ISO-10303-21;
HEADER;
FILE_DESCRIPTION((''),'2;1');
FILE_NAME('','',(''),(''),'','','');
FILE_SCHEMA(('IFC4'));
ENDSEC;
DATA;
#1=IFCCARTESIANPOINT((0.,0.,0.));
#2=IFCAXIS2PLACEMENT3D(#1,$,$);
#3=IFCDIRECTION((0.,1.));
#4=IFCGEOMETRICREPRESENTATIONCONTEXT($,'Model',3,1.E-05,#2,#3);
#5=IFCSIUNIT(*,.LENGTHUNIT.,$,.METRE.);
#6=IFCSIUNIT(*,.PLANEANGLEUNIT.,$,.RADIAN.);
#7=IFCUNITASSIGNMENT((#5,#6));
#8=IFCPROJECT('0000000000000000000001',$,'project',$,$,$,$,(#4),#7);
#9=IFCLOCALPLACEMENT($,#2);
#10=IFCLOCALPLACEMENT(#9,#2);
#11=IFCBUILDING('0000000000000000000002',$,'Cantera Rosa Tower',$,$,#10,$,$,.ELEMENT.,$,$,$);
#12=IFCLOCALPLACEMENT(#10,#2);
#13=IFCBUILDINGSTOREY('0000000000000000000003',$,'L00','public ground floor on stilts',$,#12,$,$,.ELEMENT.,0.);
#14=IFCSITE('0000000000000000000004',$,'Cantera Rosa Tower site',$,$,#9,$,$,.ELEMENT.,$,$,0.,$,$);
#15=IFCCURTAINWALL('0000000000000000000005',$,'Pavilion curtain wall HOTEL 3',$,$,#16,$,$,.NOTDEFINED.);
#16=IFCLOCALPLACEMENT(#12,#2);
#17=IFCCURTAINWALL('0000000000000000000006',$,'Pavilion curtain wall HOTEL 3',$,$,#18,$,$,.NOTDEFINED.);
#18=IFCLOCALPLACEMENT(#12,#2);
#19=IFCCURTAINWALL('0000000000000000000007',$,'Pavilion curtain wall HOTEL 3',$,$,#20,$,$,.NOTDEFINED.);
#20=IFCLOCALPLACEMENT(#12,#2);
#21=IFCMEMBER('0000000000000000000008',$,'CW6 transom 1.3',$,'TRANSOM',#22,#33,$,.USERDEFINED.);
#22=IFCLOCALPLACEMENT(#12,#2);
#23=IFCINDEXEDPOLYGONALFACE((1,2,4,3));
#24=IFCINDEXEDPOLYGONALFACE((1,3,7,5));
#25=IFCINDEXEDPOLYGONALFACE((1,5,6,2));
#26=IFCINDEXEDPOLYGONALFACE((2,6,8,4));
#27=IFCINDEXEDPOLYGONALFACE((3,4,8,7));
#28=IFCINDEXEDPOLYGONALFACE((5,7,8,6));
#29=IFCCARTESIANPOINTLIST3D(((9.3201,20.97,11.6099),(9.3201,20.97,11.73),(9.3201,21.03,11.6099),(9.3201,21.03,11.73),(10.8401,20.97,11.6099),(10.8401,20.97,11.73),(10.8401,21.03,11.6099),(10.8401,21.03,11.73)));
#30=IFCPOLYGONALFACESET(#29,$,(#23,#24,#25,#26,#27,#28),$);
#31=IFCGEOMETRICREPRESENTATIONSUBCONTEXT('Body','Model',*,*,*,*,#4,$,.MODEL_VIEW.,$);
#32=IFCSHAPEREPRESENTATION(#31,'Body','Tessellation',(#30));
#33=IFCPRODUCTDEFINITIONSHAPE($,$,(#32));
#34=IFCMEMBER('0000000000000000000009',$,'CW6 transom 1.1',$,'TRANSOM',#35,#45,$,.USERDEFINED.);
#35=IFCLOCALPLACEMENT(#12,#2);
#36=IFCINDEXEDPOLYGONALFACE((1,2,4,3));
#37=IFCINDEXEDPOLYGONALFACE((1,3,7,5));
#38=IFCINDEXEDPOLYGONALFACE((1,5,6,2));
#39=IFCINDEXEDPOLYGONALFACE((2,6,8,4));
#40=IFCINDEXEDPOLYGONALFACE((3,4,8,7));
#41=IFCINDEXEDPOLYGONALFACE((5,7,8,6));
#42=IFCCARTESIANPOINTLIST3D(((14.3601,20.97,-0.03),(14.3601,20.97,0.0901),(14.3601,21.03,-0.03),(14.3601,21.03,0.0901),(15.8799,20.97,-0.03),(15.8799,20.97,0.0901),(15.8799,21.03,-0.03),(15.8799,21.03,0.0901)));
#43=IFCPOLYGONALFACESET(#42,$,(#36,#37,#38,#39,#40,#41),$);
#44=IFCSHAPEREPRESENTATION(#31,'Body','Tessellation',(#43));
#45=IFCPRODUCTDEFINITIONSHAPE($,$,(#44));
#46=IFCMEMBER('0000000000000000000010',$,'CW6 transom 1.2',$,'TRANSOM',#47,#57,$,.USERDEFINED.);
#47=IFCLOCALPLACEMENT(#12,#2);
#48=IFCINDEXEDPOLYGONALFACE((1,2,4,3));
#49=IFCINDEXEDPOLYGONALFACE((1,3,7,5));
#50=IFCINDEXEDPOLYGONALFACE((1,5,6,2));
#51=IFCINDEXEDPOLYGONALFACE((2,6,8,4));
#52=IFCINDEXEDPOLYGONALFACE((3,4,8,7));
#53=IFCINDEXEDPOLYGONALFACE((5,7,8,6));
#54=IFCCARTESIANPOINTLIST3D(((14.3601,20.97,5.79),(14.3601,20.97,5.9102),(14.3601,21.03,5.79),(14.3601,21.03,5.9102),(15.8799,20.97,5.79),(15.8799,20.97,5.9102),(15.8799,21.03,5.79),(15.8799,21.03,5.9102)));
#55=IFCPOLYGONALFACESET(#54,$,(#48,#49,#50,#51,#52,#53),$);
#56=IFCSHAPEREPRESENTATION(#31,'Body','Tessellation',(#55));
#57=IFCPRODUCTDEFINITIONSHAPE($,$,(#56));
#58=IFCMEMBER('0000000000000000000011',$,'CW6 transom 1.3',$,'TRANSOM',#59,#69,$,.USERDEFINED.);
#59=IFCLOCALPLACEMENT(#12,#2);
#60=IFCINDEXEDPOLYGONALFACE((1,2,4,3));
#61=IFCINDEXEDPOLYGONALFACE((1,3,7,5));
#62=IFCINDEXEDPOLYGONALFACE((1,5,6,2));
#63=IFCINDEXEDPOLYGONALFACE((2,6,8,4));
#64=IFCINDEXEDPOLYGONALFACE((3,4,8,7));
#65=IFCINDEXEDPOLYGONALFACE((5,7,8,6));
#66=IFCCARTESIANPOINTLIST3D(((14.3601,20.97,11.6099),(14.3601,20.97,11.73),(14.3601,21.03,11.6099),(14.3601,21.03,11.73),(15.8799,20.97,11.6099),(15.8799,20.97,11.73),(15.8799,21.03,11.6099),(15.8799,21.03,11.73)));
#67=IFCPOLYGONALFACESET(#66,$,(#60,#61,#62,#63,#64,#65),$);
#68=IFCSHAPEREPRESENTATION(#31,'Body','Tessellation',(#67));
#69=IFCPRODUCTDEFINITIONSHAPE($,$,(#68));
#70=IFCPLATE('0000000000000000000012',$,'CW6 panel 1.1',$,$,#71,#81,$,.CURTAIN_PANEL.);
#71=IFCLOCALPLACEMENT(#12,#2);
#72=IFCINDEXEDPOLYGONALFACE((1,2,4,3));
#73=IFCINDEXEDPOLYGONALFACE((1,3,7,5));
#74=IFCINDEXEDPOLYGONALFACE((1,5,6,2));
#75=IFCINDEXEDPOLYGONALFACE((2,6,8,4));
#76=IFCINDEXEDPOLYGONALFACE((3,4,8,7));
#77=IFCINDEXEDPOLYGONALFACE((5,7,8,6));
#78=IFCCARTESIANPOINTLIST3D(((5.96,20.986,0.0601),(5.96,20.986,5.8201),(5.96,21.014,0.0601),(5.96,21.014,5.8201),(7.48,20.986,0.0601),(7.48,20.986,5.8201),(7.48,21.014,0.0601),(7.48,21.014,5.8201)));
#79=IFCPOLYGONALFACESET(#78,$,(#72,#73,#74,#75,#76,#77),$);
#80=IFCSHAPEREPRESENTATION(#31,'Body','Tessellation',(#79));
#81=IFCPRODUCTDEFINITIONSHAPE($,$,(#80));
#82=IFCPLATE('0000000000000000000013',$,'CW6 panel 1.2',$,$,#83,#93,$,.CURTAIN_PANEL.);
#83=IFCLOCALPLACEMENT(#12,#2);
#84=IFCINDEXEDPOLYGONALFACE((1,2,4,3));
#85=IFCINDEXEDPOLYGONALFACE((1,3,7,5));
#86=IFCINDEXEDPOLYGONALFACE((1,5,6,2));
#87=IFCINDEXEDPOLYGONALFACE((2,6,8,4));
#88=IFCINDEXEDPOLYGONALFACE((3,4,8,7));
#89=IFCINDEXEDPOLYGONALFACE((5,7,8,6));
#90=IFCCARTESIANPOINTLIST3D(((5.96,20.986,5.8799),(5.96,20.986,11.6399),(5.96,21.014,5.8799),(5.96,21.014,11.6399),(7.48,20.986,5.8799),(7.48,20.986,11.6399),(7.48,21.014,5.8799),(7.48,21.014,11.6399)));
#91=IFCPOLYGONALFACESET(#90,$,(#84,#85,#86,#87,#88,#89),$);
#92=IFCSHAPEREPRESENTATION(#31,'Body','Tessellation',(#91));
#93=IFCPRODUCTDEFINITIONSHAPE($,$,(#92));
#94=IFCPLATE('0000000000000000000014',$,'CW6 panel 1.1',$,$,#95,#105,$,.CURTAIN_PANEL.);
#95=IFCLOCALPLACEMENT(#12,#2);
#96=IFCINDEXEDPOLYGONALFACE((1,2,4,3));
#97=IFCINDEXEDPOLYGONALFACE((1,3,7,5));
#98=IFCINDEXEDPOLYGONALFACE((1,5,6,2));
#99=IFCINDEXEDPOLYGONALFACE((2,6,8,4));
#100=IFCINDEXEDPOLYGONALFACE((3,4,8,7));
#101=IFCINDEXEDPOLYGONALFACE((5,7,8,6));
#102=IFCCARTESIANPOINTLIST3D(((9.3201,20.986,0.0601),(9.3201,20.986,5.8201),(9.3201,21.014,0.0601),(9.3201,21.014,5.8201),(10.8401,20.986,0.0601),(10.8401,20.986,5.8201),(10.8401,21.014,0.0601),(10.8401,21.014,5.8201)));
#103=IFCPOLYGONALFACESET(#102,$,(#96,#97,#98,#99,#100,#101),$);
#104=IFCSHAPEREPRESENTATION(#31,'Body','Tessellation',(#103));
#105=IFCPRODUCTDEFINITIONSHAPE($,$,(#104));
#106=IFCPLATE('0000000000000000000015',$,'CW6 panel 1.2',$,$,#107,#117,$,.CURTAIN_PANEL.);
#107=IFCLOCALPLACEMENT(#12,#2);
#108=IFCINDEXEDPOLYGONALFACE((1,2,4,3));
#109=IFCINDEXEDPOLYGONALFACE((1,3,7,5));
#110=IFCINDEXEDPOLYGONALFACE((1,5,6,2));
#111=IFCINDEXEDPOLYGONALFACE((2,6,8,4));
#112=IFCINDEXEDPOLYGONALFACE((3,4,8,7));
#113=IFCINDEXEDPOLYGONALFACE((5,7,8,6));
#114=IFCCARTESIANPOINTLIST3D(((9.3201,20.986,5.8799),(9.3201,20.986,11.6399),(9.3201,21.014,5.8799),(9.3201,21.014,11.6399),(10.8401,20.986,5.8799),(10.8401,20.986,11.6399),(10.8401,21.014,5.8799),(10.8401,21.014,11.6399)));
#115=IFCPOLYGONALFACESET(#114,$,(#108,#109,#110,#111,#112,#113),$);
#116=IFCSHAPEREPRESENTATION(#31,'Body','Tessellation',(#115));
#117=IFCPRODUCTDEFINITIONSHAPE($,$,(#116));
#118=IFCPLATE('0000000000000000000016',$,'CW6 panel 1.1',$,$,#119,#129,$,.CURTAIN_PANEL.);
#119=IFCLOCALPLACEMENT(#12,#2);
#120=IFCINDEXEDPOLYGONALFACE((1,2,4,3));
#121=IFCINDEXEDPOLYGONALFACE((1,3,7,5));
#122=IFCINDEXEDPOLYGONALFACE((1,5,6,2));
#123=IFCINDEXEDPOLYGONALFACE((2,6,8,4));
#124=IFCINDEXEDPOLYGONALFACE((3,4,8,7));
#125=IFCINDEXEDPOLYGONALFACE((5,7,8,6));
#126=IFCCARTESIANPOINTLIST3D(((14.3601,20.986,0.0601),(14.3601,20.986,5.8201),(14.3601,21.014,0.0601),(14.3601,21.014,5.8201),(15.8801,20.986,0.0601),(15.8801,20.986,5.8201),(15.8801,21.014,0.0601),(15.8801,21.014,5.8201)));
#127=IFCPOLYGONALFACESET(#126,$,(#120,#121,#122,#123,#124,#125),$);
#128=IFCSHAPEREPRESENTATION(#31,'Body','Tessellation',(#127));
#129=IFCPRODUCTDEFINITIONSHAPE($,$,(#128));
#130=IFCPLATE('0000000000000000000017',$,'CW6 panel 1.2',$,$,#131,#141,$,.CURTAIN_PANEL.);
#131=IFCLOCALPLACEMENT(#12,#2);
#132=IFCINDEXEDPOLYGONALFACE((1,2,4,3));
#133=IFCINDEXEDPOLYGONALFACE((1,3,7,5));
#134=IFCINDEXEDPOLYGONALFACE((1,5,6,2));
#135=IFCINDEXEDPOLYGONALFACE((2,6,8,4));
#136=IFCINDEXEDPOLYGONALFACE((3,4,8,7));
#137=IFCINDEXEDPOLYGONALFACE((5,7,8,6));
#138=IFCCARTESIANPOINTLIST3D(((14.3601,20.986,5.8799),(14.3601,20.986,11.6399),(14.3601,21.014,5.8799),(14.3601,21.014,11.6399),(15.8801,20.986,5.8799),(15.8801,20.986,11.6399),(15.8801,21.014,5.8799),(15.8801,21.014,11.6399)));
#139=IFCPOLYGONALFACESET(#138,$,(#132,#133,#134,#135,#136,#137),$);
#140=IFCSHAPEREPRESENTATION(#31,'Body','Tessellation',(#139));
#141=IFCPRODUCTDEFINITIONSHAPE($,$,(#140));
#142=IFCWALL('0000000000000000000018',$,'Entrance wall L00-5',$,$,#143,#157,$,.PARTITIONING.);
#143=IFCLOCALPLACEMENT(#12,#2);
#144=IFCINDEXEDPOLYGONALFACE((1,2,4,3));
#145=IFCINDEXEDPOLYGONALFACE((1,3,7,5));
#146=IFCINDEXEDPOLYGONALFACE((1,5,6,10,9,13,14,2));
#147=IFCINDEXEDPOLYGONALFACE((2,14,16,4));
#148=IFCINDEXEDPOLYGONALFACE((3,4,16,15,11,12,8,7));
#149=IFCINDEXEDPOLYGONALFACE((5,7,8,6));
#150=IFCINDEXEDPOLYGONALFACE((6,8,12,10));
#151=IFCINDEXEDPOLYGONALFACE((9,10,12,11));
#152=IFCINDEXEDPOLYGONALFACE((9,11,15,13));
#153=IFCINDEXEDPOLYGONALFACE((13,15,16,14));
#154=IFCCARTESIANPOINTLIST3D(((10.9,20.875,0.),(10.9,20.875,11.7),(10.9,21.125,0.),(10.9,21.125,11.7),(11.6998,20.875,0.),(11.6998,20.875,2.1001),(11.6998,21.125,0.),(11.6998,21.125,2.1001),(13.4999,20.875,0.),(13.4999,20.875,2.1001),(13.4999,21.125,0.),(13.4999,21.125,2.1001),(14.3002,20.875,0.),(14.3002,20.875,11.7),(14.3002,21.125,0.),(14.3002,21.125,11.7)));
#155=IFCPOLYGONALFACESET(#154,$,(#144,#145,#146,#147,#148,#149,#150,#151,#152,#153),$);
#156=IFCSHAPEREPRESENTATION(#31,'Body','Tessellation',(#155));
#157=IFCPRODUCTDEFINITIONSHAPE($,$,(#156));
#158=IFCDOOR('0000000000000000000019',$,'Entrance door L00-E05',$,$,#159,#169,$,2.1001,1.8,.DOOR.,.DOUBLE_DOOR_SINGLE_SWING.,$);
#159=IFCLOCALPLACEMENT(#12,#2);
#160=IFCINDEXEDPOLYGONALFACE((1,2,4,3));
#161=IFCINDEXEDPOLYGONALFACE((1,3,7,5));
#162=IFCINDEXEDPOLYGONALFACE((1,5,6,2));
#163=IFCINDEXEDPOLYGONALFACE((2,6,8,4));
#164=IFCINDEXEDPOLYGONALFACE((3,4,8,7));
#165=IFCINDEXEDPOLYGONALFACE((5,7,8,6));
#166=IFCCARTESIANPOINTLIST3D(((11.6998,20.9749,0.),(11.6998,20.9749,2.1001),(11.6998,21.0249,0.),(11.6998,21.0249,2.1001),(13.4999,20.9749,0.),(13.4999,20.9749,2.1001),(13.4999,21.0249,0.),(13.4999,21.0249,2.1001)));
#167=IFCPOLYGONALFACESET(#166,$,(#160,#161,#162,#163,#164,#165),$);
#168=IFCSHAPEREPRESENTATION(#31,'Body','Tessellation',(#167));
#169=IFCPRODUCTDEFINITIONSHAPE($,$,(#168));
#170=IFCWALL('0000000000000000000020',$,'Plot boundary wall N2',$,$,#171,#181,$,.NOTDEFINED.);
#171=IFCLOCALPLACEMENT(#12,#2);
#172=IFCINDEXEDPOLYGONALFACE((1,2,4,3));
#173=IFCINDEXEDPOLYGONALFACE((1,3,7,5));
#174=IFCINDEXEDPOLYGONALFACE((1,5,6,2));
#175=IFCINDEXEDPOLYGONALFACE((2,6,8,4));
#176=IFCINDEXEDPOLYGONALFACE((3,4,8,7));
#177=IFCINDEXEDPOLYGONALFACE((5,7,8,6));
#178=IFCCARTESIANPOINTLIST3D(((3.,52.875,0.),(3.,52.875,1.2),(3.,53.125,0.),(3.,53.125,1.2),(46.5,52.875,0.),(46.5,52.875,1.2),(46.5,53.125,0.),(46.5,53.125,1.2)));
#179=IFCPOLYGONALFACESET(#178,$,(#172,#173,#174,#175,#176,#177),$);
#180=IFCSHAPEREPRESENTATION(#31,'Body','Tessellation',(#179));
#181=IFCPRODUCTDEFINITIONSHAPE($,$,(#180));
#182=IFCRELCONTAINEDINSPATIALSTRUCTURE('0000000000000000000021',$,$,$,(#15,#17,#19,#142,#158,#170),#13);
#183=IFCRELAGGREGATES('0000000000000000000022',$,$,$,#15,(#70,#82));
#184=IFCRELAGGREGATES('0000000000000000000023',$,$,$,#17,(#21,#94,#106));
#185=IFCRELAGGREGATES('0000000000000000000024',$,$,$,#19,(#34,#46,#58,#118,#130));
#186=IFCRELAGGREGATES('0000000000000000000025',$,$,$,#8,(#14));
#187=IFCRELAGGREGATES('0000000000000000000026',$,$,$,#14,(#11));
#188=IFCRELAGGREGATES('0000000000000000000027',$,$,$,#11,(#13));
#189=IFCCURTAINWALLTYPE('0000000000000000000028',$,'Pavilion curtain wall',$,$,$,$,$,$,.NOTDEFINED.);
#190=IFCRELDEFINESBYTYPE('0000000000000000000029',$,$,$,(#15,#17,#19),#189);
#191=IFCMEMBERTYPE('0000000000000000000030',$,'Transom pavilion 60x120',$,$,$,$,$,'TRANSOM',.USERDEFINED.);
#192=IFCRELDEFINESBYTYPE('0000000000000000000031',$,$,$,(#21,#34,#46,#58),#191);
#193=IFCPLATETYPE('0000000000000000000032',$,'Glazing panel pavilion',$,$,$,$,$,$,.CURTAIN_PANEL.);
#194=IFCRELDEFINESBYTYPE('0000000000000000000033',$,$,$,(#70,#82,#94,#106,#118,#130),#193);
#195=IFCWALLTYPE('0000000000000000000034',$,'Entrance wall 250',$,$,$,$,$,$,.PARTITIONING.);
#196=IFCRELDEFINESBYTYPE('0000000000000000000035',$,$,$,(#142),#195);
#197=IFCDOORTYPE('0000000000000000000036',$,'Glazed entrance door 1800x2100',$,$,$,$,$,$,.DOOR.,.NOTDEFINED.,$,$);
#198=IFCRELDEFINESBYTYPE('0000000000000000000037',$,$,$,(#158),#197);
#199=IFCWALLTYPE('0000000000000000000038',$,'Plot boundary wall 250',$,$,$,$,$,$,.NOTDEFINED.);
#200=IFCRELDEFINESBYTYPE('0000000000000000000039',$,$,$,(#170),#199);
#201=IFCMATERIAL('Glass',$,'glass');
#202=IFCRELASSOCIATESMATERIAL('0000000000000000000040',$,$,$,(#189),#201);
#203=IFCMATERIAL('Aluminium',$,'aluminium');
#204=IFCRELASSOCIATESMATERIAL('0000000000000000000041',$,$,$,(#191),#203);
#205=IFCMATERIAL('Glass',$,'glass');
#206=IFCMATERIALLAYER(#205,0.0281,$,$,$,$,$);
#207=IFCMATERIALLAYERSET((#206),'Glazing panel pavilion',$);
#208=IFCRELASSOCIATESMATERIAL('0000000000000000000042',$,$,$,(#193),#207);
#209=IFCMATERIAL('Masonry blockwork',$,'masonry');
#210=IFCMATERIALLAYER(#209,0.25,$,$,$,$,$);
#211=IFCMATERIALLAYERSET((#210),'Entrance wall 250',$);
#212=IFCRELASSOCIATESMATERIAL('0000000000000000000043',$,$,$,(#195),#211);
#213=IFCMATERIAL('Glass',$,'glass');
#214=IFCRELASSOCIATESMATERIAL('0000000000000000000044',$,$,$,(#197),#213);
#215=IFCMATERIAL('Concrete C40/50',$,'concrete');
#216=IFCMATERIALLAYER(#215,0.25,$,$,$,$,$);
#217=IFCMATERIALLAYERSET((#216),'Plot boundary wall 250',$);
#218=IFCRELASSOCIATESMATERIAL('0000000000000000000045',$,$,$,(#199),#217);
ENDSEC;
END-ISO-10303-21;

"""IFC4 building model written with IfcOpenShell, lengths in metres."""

from ifc_helpers import new_model, si_unit, direction, frame, frame_2d, origin, origin_2d, place, context, subcontext, project, spatial, rectangle, extrude, material, layer, layer_set, material_profile, profile_set, type_object, element, fill, aggregate, save


model = new_model("IFC4")

# Units and contexts
model_context = context("Model", 3, precision=1e-05, world=origin(), true_north=direction((0.0, 1.0)))
body_context = subcontext(model_context, "Body", "Model", "MODEL_VIEW")
ifc_project = project(units=[si_unit("LENGTHUNIT", "METRE"), si_unit("PLANEANGLEUNIT", "RADIAN")], contexts=[model_context])

# Site, building, storey
site_placement = place(None, origin())
site = spatial("IfcSite", under=ifc_project, at=site_placement, Name="Cantera Rosa Tower site", CompositionType="ELEMENT", RefElevation=0.0)
building_placement = place(site_placement, origin())
building = spatial("IfcBuilding", under=site, at=building_placement, Name="Cantera Rosa Tower", CompositionType="ELEMENT")
storey_placement = place(building_placement, origin())
storey = spatial("IfcBuildingStorey", under=building, at=storey_placement, Name="L00", Description="public ground floor on stilts", CompositionType="ELEMENT", Elevation=0.0)

# Curtain wall
ifc_material_1 = material(Name="Glass", Category="glass")
curtain_wall_type = type_object("IfcCurtainWallType", Name="Pavilion curtain wall", PredefinedType="NOTDEFINED", material=ifc_material_1)
curtain_wall_1_placement = place(storey_placement, origin())
curtain_wall_1 = element("IfcCurtainWall", 1, at=curtain_wall_1_placement, inside=storey, type_object=curtain_wall_type, Name="Pavilion curtain wall HOTEL 3", PredefinedType="NOTDEFINED")

# Curtain wall
curtain_wall_2_placement = place(storey_placement, origin())
curtain_wall_2 = element("IfcCurtainWall", 2, at=curtain_wall_2_placement, inside=storey, type_object=curtain_wall_type, Name="Pavilion curtain wall HOTEL 3", PredefinedType="NOTDEFINED")

# Curtain wall
curtain_wall_3_placement = place(storey_placement, origin())
curtain_wall_3 = element("IfcCurtainWall", 3, at=curtain_wall_3_placement, inside=storey, type_object=curtain_wall_type, Name="Pavilion curtain wall HOTEL 3", PredefinedType="NOTDEFINED")

# Members
ifc_material_2 = material(Name="Aluminium", Category="aluminium")
ifc_material_profile_1 = material_profile(ifc_material_2, rectangle(XDim=0.0601, YDim=0.1201, at=origin_2d()), Name="Transom pavilion 60x120")
ifc_profile_set_1 = profile_set([ifc_material_profile_1], Name="Aluminium")
member_type_1 = type_object("IfcMemberType", Name="Transom pavilion 60x120", ElementType="TRANSOM", PredefinedType="USERDEFINED", material=ifc_profile_set_1)
member_1_placement = place(storey_placement, frame((9.3201, 21.0, 11.6699), z_axis=(1.0, 0.0, 0.0), x_axis=(0.0, 1.0, 0.0)))
member_1 = element("IfcMember", 4, at=member_1_placement, type_object=member_type_1, Name="CW6 transom 1.3", ObjectType="TRANSOM", PredefinedType="USERDEFINED", context=body_context, shape_type="SweptSolid", body=[
    extrude(rectangle(XDim=0.0601, YDim=0.1201, at=origin_2d()), origin(), (0.0, 0.0, 1.0), 1.52),
])
member_2_placement = place(storey_placement, frame((14.3601, 21.0, 0.03), z_axis=(1.0, 0.0, 0.0), x_axis=(0.0, 1.0, 0.0)))
member_2 = element("IfcMember", 5, at=member_2_placement, type_object=member_type_1, Name="CW6 transom 1.1", ObjectType="TRANSOM", PredefinedType="USERDEFINED", context=body_context, shape_type="SweptSolid", body=[
    extrude(rectangle(XDim=0.0601, YDim=0.1201, at=origin_2d()), origin(), (0.0, 0.0, 1.0), 1.5198),
])
member_3_placement = place(storey_placement, frame((14.3601, 21.0, 5.8501), z_axis=(1.0, 0.0, 0.0), x_axis=(0.0, 1.0, 0.0)))
member_3 = element("IfcMember", 6, at=member_3_placement, type_object=member_type_1, Name="CW6 transom 1.2", ObjectType="TRANSOM", PredefinedType="USERDEFINED", context=body_context, shape_type="SweptSolid", body=[
    extrude(rectangle(XDim=0.0601, YDim=0.1201, at=origin_2d()), origin(), (0.0, 0.0, 1.0), 1.5198),
])
member_4_placement = place(storey_placement, frame((14.3601, 21.0, 11.6699), z_axis=(1.0, 0.0, 0.0), x_axis=(0.0, 1.0, 0.0)))
member_4 = element("IfcMember", 7, at=member_4_placement, type_object=member_type_1, Name="CW6 transom 1.3", ObjectType="TRANSOM", PredefinedType="USERDEFINED", context=body_context, shape_type="SweptSolid", body=[
    extrude(rectangle(XDim=0.0601, YDim=0.1201, at=origin_2d()), origin(), (0.0, 0.0, 1.0), 1.5198),
])

# Plates
ifc_material_3 = material(Name="Glass", Category="glass")
ifc_layer_1 = layer(ifc_material_3, 0.0281)
ifc_layer_set_1 = layer_set([ifc_layer_1], Name="Glazing panel pavilion")
plate_type = type_object("IfcPlateType", Name="Glazing panel pavilion", PredefinedType="CURTAIN_PANEL", material=ifc_layer_set_1)
plate_1_placement = place(storey_placement, frame((6.72, 21.0, 0.0601), z_axis=(0.0, 0.0, 1.0), x_axis=(1.0, 0.0, 0.0)))
plate_1 = element("IfcPlate", 8, at=plate_1_placement, type_object=plate_type, Name="CW6 panel 1.1", PredefinedType="CURTAIN_PANEL", context=body_context, shape_type="SweptSolid", body=[
    extrude(rectangle(XDim=1.52, YDim=0.0281, at=origin_2d()), origin(), (0.0, 0.0, 1.0), 5.76),
])
plate_2_placement = place(storey_placement, frame((6.72, 21.0, 5.8799), z_axis=(0.0, 0.0, 1.0), x_axis=(1.0, 0.0, 0.0)))
plate_2 = element("IfcPlate", 9, at=plate_2_placement, type_object=plate_type, Name="CW6 panel 1.2", PredefinedType="CURTAIN_PANEL", context=body_context, shape_type="SweptSolid", body=[
    extrude(rectangle(XDim=1.52, YDim=0.0281, at=origin_2d()), origin(), (0.0, 0.0, 1.0), 5.76),
])
aggregate(curtain_wall_1, [plate_1, plate_2])
plate_3_placement = place(storey_placement, frame((10.0801, 21.0, 0.0601), z_axis=(0.0, 0.0, 1.0), x_axis=(1.0, 0.0, 0.0)))
plate_3 = element("IfcPlate", 10, at=plate_3_placement, type_object=plate_type, Name="CW6 panel 1.1", PredefinedType="CURTAIN_PANEL", context=body_context, shape_type="SweptSolid", body=[
    extrude(rectangle(XDim=1.52, YDim=0.0281, at=origin_2d()), origin(), (0.0, 0.0, 1.0), 5.76),
])
plate_4_placement = place(storey_placement, frame((10.0801, 21.0, 5.8799), z_axis=(0.0, 0.0, 1.0), x_axis=(1.0, 0.0, 0.0)))
plate_4 = element("IfcPlate", 11, at=plate_4_placement, type_object=plate_type, Name="CW6 panel 1.2", PredefinedType="CURTAIN_PANEL", context=body_context, shape_type="SweptSolid", body=[
    extrude(rectangle(XDim=1.52, YDim=0.0281, at=origin_2d()), origin(), (0.0, 0.0, 1.0), 5.76),
])
aggregate(curtain_wall_2, [member_1, plate_3, plate_4])
plate_5_placement = place(storey_placement, frame((15.1201, 21.0, 0.0601), z_axis=(0.0, 0.0, 1.0), x_axis=(1.0, 0.0, 0.0)))
plate_5 = element("IfcPlate", 12, at=plate_5_placement, type_object=plate_type, Name="CW6 panel 1.1", PredefinedType="CURTAIN_PANEL", context=body_context, shape_type="SweptSolid", body=[
    extrude(rectangle(XDim=1.52, YDim=0.0281, at=origin_2d()), origin(), (0.0, 0.0, 1.0), 5.76),
])
plate_6_placement = place(storey_placement, frame((15.1201, 21.0, 5.8799), z_axis=(0.0, 0.0, 1.0), x_axis=(1.0, 0.0, 0.0)))
plate_6 = element("IfcPlate", 13, at=plate_6_placement, type_object=plate_type, Name="CW6 panel 1.2", PredefinedType="CURTAIN_PANEL", context=body_context, shape_type="SweptSolid", body=[
    extrude(rectangle(XDim=1.52, YDim=0.0281, at=origin_2d()), origin(), (0.0, 0.0, 1.0), 5.76),
])
aggregate(curtain_wall_3, [member_2, member_3, member_4, plate_5, plate_6])

# Wall, opening, door
ifc_material_4 = material(Name="Masonry blockwork", Category="masonry")
ifc_layer_2 = layer(ifc_material_4, 0.25)
ifc_layer_set_2 = layer_set([ifc_layer_2], Name="Entrance wall 250")
wall_type_1 = type_object("IfcWallType", Name="Entrance wall 250", PredefinedType="PARTITIONING", material=ifc_layer_set_2)
wall_1_placement = place(storey_placement, frame((10.8999, 21.0, 0.0), z_axis=(0.0, 0.0, 1.0), x_axis=(1.0, 0.0, 0.0)))
wall_1 = element("IfcWall", 14, at=wall_1_placement, inside=storey, type_object=wall_type_1, Name="Entrance wall L00-5", PredefinedType="PARTITIONING", context=body_context, shape_type="SweptSolid", body=[
    extrude(rectangle(XDim=3.4001, YDim=0.25, at=frame_2d((1.7002, 0.0))), origin(), (0.0, 0.0, 1.0), 11.7),
])
opening_placement = place(wall_1_placement, frame((0.8, 0.0, 0.0)))
opening = element("IfcOpeningElement", 15, at=opening_placement, cuts=wall_1, PredefinedType="OPENING", context=body_context, shape_type="SweptSolid", body=[
    extrude(rectangle(XDim=1.8, YDim=2.1001, at=frame_2d((0.8999, 1.05))), frame((0.0, 0.135, 0.0), z_axis=(0.0, -1.0, 0.0), x_axis=(1.0, 0.0, 0.0)), (0.0, 0.0, 1.0), 0.27),
])
ifc_material_5 = material(Name="Glass", Category="glass")
door_type = type_object("IfcDoorType", Name="Glazed entrance door 1800x2100", OperationType="NOTDEFINED", PredefinedType="DOOR", material=ifc_material_5)
door_placement = place(opening_placement, origin())
door = element("IfcDoor", 16, at=door_placement, inside=storey, type_object=door_type, Name="Entrance door L00-E05", OperationType="DOUBLE_DOOR_SINGLE_SWING", OverallHeight=2.1001, OverallWidth=1.8, PredefinedType="DOOR", context=body_context, shape_type="SweptSolid", body=[
    extrude(rectangle(XDim=1.8, YDim=2.1001, at=frame_2d((0.8999, 1.05))), frame((0.0, 0.0249, 0.0), z_axis=(0.0, -1.0, 0.0), x_axis=(1.0, 0.0, 0.0)), (0.0, 0.0, 1.0), 0.05),
])
fill(opening, door)

# Wall
ifc_material_6 = material(Name="Concrete C40/50", Category="concrete")
ifc_layer_3 = layer(ifc_material_6, 0.25)
ifc_layer_set_3 = layer_set([ifc_layer_3], Name="Plot boundary wall 250")
wall_type_2 = type_object("IfcWallType", Name="Plot boundary wall 250", PredefinedType="NOTDEFINED", material=ifc_layer_set_3)
wall_2_placement = place(storey_placement, frame((3.0, 53.0, 0.0), z_axis=(0.0, 0.0, 1.0), x_axis=(1.0, 0.0, 0.0)))
element("IfcWall", 17, at=wall_2_placement, inside=storey, type_object=wall_type_2, Name="Plot boundary wall N2", PredefinedType="NOTDEFINED", context=body_context, shape_type="SweptSolid", body=[
    extrude(rectangle(XDim=43.5, YDim=0.25, at=frame_2d((21.75, 0.0))), origin(), (0.0, 0.0, 1.0), 1.2),
])

save(model, "model.ifc")
